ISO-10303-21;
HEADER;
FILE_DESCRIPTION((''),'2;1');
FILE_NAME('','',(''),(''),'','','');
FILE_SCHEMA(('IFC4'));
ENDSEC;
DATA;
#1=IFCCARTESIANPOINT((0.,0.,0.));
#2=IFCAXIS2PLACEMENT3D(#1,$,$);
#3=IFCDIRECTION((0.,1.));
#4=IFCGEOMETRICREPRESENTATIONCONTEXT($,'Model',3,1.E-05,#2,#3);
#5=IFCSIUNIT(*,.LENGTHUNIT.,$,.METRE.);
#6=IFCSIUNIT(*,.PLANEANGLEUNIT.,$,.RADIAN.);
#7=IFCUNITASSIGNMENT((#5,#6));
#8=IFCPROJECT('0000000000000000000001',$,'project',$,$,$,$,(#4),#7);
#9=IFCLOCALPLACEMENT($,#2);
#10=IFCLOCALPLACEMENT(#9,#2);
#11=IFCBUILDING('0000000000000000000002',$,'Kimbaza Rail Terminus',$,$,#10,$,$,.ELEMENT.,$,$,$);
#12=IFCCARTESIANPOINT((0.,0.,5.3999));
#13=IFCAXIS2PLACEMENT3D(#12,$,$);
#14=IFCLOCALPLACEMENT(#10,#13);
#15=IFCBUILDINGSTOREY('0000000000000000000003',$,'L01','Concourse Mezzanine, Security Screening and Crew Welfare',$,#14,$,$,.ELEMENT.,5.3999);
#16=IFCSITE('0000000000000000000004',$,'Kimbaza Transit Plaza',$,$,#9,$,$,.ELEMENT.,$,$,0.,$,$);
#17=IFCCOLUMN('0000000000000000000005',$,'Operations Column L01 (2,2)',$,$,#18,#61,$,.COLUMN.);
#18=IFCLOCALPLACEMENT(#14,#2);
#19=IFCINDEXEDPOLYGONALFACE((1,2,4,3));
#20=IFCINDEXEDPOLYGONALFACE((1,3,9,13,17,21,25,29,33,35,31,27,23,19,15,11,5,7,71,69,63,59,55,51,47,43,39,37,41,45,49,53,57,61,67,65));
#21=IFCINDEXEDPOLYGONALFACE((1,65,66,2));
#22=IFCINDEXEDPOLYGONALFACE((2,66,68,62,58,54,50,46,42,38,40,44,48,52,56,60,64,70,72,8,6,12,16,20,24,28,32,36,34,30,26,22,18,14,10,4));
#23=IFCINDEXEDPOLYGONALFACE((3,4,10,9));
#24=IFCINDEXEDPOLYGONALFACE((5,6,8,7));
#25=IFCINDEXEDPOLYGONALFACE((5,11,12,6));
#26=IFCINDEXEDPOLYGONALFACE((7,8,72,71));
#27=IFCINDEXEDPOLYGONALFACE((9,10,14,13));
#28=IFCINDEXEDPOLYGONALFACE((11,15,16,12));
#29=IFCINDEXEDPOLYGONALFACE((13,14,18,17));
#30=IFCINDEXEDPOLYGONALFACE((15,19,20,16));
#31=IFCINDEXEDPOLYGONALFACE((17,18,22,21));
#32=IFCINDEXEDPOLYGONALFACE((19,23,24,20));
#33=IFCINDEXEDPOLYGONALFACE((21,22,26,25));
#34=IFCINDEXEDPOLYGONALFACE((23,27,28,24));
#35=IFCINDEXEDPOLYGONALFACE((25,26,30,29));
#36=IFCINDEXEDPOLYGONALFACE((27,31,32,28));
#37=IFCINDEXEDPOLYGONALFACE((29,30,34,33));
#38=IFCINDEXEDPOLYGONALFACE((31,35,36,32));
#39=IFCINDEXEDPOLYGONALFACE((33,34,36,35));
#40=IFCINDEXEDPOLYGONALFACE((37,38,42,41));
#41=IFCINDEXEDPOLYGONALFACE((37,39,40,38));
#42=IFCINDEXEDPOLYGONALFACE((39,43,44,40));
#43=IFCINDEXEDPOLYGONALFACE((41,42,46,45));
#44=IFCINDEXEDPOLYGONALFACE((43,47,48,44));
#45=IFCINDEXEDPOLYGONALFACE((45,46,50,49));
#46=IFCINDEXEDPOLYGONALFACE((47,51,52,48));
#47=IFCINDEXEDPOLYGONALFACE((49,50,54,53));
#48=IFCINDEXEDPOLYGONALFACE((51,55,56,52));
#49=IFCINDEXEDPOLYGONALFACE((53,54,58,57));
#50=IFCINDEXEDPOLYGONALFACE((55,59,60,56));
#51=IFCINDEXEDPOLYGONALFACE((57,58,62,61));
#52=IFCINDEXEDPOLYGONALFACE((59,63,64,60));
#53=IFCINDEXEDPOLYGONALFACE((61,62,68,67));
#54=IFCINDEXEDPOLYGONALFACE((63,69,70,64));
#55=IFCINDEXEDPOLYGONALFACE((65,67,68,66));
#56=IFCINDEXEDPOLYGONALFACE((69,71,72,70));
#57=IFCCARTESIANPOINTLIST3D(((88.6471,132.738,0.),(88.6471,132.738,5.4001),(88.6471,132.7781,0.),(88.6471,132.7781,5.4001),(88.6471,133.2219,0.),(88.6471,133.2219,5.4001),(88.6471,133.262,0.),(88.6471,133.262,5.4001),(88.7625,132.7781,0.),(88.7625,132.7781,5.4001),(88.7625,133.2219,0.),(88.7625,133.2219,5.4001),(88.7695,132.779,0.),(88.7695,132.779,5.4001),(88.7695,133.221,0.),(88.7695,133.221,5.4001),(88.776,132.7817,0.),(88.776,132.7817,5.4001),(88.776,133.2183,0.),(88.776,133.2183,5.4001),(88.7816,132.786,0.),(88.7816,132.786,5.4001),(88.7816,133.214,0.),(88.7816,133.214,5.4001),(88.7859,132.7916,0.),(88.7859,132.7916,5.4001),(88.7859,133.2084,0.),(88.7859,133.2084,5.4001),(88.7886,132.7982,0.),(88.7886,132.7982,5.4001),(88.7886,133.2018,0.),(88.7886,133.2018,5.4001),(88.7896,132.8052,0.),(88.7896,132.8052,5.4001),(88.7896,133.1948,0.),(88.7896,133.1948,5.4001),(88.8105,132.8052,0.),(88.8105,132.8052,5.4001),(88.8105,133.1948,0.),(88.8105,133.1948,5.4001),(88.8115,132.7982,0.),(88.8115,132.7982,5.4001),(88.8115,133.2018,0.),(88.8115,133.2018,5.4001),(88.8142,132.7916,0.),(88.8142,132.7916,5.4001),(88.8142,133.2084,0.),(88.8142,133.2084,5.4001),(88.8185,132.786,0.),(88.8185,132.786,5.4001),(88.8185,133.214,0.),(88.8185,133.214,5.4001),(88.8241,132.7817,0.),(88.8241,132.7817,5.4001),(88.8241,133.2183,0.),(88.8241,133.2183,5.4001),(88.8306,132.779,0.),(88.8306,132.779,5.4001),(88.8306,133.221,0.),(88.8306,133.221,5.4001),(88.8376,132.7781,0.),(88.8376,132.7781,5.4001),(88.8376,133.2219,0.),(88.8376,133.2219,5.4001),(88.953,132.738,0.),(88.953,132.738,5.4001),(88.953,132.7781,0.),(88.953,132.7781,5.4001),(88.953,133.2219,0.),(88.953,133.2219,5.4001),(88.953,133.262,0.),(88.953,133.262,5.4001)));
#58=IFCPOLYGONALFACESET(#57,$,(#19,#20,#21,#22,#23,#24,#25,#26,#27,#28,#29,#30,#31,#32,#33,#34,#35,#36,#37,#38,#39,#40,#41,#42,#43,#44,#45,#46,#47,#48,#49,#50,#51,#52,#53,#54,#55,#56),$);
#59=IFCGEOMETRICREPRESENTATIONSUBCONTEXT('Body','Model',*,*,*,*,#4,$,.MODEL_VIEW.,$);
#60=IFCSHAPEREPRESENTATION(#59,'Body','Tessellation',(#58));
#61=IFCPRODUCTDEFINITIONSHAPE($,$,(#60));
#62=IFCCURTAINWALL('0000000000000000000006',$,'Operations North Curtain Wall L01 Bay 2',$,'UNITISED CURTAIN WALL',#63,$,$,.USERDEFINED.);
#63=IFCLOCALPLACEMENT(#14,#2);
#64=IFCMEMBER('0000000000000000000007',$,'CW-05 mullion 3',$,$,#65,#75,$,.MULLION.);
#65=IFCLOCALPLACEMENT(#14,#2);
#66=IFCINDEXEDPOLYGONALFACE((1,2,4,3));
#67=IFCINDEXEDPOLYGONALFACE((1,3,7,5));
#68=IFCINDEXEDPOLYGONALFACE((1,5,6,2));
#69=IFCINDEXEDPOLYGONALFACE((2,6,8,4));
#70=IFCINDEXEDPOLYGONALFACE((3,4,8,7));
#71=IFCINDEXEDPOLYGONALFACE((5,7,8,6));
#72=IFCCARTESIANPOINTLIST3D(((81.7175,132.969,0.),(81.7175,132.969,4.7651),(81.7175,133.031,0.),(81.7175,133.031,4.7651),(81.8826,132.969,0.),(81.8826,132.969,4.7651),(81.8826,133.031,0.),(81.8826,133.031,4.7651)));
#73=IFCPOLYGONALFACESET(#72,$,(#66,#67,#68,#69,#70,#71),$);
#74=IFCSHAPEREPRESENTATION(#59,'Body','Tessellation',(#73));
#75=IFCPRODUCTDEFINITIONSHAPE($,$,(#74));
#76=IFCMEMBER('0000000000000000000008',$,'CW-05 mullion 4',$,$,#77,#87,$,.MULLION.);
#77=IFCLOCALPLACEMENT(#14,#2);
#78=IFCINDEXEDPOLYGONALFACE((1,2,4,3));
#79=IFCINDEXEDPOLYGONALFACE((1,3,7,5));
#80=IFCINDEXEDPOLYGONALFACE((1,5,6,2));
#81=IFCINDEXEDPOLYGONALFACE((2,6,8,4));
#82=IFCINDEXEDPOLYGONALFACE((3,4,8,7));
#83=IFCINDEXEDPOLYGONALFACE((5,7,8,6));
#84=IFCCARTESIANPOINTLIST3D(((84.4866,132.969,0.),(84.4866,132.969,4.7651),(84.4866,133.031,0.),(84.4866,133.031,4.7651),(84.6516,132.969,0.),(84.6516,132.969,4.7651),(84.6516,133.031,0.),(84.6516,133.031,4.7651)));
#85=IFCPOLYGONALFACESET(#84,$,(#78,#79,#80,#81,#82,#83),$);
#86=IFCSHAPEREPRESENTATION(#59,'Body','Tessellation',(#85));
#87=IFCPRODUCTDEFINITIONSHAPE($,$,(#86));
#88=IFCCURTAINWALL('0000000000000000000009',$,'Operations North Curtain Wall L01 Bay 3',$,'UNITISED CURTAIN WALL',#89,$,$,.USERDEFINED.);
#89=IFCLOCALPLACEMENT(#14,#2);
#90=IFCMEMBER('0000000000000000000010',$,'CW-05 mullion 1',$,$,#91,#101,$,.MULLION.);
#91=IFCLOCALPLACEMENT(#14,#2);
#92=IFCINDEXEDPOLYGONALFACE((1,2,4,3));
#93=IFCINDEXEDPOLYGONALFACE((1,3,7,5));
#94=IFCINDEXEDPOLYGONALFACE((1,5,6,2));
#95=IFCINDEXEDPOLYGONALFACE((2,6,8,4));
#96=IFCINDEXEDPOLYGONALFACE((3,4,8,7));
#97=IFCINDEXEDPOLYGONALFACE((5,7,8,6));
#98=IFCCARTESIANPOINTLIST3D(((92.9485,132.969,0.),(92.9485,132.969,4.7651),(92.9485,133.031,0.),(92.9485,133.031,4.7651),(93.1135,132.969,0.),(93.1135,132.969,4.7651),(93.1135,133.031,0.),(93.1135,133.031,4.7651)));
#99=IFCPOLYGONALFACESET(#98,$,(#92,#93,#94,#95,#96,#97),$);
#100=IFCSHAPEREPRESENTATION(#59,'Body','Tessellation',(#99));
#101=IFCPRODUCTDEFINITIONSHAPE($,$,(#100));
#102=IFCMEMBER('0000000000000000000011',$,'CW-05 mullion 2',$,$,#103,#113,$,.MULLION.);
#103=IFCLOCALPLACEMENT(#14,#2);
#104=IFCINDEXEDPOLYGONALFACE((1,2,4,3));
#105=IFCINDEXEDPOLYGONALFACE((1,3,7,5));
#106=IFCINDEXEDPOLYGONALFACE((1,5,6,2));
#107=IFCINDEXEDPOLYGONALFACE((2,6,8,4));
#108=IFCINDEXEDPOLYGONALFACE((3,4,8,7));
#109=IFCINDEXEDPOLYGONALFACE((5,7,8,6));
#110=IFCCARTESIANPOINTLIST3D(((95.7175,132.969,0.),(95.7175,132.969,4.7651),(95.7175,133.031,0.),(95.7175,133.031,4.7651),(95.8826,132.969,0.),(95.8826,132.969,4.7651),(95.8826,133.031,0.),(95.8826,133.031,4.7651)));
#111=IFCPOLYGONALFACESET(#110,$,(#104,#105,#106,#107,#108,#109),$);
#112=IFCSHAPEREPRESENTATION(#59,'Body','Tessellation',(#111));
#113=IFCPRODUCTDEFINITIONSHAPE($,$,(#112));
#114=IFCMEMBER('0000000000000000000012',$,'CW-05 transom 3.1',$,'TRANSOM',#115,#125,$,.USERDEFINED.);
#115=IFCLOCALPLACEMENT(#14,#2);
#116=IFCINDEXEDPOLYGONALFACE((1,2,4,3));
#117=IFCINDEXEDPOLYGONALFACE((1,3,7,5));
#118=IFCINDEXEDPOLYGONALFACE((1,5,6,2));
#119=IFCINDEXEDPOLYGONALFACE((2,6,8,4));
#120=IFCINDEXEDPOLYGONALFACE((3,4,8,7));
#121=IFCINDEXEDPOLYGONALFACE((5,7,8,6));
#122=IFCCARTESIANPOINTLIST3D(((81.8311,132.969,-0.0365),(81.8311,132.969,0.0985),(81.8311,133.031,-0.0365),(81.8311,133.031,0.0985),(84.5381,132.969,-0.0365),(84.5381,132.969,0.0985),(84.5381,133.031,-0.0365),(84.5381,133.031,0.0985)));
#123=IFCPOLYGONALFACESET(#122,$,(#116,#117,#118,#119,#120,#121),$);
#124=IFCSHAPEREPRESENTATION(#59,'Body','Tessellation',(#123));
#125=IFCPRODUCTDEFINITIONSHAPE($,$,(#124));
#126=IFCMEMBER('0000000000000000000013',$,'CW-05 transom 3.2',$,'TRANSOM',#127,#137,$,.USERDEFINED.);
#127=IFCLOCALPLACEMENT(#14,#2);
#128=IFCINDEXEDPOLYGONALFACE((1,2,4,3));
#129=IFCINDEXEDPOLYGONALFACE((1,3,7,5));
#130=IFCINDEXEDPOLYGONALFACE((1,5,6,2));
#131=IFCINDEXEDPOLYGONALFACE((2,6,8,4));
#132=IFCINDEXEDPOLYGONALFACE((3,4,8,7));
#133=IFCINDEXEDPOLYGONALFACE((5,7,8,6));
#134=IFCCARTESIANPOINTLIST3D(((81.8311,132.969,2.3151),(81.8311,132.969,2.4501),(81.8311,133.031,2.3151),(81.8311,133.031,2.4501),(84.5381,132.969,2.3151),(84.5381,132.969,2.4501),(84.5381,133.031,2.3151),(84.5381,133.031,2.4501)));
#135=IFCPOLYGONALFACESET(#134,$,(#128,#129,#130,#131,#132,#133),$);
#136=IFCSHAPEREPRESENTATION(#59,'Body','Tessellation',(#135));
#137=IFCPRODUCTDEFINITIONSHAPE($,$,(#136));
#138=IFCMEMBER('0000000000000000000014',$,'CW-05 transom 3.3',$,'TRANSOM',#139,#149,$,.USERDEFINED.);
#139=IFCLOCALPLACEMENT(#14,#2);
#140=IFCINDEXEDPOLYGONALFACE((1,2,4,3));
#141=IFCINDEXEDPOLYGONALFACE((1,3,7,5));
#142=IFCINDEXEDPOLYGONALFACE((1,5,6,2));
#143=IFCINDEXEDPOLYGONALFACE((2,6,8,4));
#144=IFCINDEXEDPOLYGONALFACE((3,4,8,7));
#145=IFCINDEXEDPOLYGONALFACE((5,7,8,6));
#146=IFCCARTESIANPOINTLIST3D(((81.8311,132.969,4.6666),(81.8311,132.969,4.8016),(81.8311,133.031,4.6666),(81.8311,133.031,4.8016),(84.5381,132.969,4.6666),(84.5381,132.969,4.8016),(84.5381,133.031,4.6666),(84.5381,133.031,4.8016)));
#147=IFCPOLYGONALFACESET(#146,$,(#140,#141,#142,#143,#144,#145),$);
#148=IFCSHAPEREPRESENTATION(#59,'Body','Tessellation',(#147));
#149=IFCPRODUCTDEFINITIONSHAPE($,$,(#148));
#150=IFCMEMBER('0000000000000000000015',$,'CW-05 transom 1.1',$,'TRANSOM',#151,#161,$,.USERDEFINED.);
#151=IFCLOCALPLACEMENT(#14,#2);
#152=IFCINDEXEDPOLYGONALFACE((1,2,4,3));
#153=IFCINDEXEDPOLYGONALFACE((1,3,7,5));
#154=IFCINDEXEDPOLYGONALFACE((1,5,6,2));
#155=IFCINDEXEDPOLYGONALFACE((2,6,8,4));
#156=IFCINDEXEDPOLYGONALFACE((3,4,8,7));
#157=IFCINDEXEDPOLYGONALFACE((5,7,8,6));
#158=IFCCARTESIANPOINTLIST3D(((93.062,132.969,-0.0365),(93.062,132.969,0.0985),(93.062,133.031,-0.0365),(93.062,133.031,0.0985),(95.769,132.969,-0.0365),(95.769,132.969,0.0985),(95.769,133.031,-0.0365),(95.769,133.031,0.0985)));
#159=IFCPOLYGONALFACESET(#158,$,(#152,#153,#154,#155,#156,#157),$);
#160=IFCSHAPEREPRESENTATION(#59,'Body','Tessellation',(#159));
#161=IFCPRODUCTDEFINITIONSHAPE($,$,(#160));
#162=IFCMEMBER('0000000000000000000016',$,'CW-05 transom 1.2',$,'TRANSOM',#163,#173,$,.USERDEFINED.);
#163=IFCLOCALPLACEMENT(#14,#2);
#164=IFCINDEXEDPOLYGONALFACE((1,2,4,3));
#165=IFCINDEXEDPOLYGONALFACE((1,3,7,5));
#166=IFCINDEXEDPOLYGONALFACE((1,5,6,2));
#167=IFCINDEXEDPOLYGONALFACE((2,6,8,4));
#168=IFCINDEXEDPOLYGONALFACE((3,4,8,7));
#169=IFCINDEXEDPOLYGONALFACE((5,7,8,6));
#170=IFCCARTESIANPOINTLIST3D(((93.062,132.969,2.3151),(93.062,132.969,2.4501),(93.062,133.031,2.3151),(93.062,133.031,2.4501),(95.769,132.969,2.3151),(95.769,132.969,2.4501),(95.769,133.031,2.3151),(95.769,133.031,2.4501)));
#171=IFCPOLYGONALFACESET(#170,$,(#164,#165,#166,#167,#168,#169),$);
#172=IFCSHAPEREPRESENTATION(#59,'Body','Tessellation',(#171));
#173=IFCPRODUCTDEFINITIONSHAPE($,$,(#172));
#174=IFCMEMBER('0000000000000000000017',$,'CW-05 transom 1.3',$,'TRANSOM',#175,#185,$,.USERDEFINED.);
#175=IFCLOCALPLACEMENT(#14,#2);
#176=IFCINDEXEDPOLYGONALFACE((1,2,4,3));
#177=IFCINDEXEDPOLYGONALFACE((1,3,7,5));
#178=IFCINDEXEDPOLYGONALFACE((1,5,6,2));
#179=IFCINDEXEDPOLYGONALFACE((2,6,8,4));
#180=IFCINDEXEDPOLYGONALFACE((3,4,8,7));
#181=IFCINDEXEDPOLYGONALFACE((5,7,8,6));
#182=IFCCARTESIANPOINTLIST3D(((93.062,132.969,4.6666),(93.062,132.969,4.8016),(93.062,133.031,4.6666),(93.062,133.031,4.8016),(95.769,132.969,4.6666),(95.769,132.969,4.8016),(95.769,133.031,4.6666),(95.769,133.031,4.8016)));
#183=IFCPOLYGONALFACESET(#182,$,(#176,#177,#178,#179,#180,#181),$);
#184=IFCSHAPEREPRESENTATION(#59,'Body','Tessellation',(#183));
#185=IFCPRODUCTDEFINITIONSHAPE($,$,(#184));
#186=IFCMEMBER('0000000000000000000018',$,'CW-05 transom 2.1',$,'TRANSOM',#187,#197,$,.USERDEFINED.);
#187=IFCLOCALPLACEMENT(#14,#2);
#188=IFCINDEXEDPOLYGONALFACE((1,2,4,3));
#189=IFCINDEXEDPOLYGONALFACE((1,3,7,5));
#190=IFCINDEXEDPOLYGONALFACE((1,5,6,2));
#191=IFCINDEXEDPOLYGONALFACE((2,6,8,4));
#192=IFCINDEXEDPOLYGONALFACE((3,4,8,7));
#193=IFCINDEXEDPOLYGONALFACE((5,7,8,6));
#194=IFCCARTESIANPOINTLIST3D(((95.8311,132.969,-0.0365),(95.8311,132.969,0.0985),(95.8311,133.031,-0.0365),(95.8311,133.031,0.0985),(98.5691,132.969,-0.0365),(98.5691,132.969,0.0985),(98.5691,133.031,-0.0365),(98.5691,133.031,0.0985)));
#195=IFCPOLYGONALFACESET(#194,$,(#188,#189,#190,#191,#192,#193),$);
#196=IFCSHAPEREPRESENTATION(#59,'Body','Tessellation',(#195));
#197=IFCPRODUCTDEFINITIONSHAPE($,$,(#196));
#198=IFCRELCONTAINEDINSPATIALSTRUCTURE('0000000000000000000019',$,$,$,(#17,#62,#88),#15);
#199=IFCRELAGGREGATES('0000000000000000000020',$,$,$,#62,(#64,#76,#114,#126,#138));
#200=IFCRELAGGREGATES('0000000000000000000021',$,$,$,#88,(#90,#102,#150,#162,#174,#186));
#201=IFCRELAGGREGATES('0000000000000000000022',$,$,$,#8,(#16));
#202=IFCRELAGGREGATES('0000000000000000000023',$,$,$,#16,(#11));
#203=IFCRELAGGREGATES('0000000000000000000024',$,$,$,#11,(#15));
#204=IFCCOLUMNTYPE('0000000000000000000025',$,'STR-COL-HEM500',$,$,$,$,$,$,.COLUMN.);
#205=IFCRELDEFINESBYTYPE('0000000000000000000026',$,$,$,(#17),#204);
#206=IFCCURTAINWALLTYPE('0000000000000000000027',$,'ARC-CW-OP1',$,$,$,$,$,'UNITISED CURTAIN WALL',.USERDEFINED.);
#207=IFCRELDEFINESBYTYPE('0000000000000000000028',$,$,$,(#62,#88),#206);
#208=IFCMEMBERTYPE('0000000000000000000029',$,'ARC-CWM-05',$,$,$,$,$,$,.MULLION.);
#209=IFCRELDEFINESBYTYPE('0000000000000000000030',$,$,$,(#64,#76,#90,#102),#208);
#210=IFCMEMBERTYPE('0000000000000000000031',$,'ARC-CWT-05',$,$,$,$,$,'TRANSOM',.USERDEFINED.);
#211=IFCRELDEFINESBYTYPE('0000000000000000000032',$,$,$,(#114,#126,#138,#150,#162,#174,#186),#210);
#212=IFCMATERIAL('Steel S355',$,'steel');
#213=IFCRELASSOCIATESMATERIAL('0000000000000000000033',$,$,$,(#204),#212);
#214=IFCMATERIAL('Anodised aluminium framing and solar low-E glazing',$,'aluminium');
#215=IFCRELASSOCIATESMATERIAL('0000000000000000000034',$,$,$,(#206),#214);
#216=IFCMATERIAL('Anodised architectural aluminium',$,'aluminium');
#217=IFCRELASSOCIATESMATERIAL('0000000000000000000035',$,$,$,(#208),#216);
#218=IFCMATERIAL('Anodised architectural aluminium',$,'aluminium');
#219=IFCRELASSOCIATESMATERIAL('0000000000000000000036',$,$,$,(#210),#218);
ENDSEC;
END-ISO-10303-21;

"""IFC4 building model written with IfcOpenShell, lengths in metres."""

from ifc_helpers import new_model, si_unit, direction, frame, origin, origin_2d, place, context, subcontext, project, spatial, rectangle, i_section, extrude, material, material_profile, profile_set, type_object, element, aggregate, save


model = new_model("IFC4")

# Units and contexts
model_context = context("Model", 3, precision=1e-05, world=origin(), true_north=direction((0.0, 1.0)))
body_context = subcontext(model_context, "Body", "Model", "MODEL_VIEW")
ifc_project = project(units=[si_unit("LENGTHUNIT", "METRE"), si_unit("PLANEANGLEUNIT", "RADIAN")], contexts=[model_context])

# Site, building, storey
site_placement = place(None, origin())
site = spatial("IfcSite", under=ifc_project, at=site_placement, Name="Kimbaza Transit Plaza", CompositionType="ELEMENT", RefElevation=0.0)
building_placement = place(site_placement, origin())
building = spatial("IfcBuilding", under=site, at=building_placement, Name="Kimbaza Rail Terminus", CompositionType="ELEMENT")
storey_placement = place(building_placement, frame((0.0, 0.0, 5.3999)))
storey = spatial("IfcBuildingStorey", under=building, at=storey_placement, Name="L01", Description="Concourse Mezzanine, Security Screening and Crew Welfare", CompositionType="ELEMENT", Elevation=5.3999)

# Column
ifc_material_1 = material(Name="Steel S355", Category="steel")
ifc_material_profile_1 = material_profile(ifc_material_1, i_section(OverallWidth=0.3059, OverallDepth=0.5239, WebThickness=0.021, FlangeThickness=0.04, FilletRadius=0.0271, at=origin_2d()), Name="HEM 500")
ifc_profile_set_1 = profile_set([ifc_material_profile_1], Name="Steel S355")
column_type = type_object("IfcColumnType", Name="STR-COL-HEM500", PredefinedType="COLUMN", material=ifc_profile_set_1)
column_placement = place(storey_placement, frame((88.8, 133.0, 0.0), z_axis=(0.0, 0.0, 1.0), x_axis=(1.0, 0.0, 0.0)))
element("IfcColumn", 1, at=column_placement, inside=storey, type_object=column_type, Name="Operations Column L01 (2,2)", PredefinedType="COLUMN", context=body_context, shape_type="SweptSolid", body=[
    extrude(i_section(OverallWidth=0.3059, OverallDepth=0.5239, WebThickness=0.021, FlangeThickness=0.04, FilletRadius=0.0271, at=origin_2d()), origin(), (0.0, 0.0, 1.0), 5.4001),
])

# Curtain walls, members
ifc_material_2 = material(Name="Anodised aluminium framing and solar low-E glazing", Category="aluminium")
curtain_wall_type = type_object("IfcCurtainWallType", Name="ARC-CW-OP1", ElementType="UNITISED CURTAIN WALL", PredefinedType="USERDEFINED", material=ifc_material_2)
curtain_wall_1_placement = place(storey_placement, origin())
curtain_wall_1 = element("IfcCurtainWall", 2, at=curtain_wall_1_placement, inside=storey, type_object=curtain_wall_type, Name="Operations North Curtain Wall L01 Bay 2", ObjectType="UNITISED CURTAIN WALL", PredefinedType="USERDEFINED")
ifc_material_3 = material(Name="Anodised architectural aluminium", Category="aluminium")
ifc_material_profile_2 = material_profile(ifc_material_3, rectangle(XDim=0.062, YDim=0.165, at=origin_2d()), Name="MULLION 62x165")
ifc_profile_set_2 = profile_set([ifc_material_profile_2], Name="Anodised architectural aluminium")
member_type_1 = type_object("IfcMemberType", Name="ARC-CWM-05", PredefinedType="MULLION", material=ifc_profile_set_2)
member_1_placement = place(storey_placement, frame((81.8, 133.0, 0.0), z_axis=(0.0, 0.0, 1.0), x_axis=(0.0, 1.0, 0.0)))
member_1 = element("IfcMember", 3, at=member_1_placement, type_object=member_type_1, Name="CW-05 mullion 3", PredefinedType="MULLION", context=body_context, shape_type="SweptSolid", body=[
    extrude(rectangle(XDim=0.062, YDim=0.165, at=origin_2d()), origin(), (0.0, 0.0, 1.0), 4.7651),
])
member_2_placement = place(storey_placement, frame((84.5691, 133.0, 0.0), z_axis=(0.0, 0.0, 1.0), x_axis=(0.0, 1.0, 0.0)))
member_2 = element("IfcMember", 4, at=member_2_placement, type_object=member_type_1, Name="CW-05 mullion 4", PredefinedType="MULLION", context=body_context, shape_type="SweptSolid", body=[
    extrude(rectangle(XDim=0.062, YDim=0.165, at=origin_2d()), origin(), (0.0, 0.0, 1.0), 4.7651),
])
curtain_wall_2_placement = place(storey_placement, origin())
curtain_wall_2 = element("IfcCurtainWall", 5, at=curtain_wall_2_placement, inside=storey, type_object=curtain_wall_type, Name="Operations North Curtain Wall L01 Bay 3", ObjectType="UNITISED CURTAIN WALL", PredefinedType="USERDEFINED")
member_3_placement = place(storey_placement, frame((93.031, 133.0, 0.0), z_axis=(0.0, 0.0, 1.0), x_axis=(0.0, 1.0, 0.0)))
member_3 = element("IfcMember", 6, at=member_3_placement, type_object=member_type_1, Name="CW-05 mullion 1", PredefinedType="MULLION", context=body_context, shape_type="SweptSolid", body=[
    extrude(rectangle(XDim=0.062, YDim=0.165, at=origin_2d()), origin(), (0.0, 0.0, 1.0), 4.7651),
])
member_4_placement = place(storey_placement, frame((95.8, 133.0, 0.0), z_axis=(0.0, 0.0, 1.0), x_axis=(0.0, 1.0, 0.0)))
member_4 = element("IfcMember", 7, at=member_4_placement, type_object=member_type_1, Name="CW-05 mullion 2", PredefinedType="MULLION", context=body_context, shape_type="SweptSolid", body=[
    extrude(rectangle(XDim=0.062, YDim=0.165, at=origin_2d()), origin(), (0.0, 0.0, 1.0), 4.7651),
])

# Members
ifc_material_4 = material(Name="Anodised architectural aluminium", Category="aluminium")
ifc_material_profile_3 = material_profile(ifc_material_4, rectangle(XDim=0.062, YDim=0.135, at=origin_2d()), Name="TRANSOM 62x135")
ifc_profile_set_3 = profile_set([ifc_material_profile_3], Name="Anodised architectural aluminium")
member_type_2 = type_object("IfcMemberType", Name="ARC-CWT-05", ElementType="TRANSOM", PredefinedType="USERDEFINED", material=ifc_profile_set_3)
member_5_placement = place(storey_placement, frame((81.8311, 133.0, 0.031), z_axis=(1.0, 0.0, 0.0), x_axis=(0.0, 1.0, 0.0)))
member_5 = element("IfcMember", 8, at=member_5_placement, type_object=member_type_2, Name="CW-05 transom 3.1", ObjectType="TRANSOM", PredefinedType="USERDEFINED", context=body_context, shape_type="SweptSolid", body=[
    extrude(rectangle(XDim=0.062, YDim=0.135, at=origin_2d()), origin(), (0.0, 0.0, 1.0), 2.707),
])
member_6_placement = place(storey_placement, frame((81.8311, 133.0, 2.3826), z_axis=(1.0, 0.0, 0.0), x_axis=(0.0, 1.0, 0.0)))
member_6 = element("IfcMember", 9, at=member_6_placement, type_object=member_type_2, Name="CW-05 transom 3.2", ObjectType="TRANSOM", PredefinedType="USERDEFINED", context=body_context, shape_type="SweptSolid", body=[
    extrude(rectangle(XDim=0.062, YDim=0.135, at=origin_2d()), origin(), (0.0, 0.0, 1.0), 2.707),
])
member_7_placement = place(storey_placement, frame((81.8311, 133.0, 4.7341), z_axis=(1.0, 0.0, 0.0), x_axis=(0.0, 1.0, 0.0)))
member_7 = element("IfcMember", 10, at=member_7_placement, type_object=member_type_2, Name="CW-05 transom 3.3", ObjectType="TRANSOM", PredefinedType="USERDEFINED", context=body_context, shape_type="SweptSolid", body=[
    extrude(rectangle(XDim=0.062, YDim=0.135, at=origin_2d()), origin(), (0.0, 0.0, 1.0), 2.707),
])
member_8_placement = place(storey_placement, frame((93.062, 133.0, 0.031), z_axis=(1.0, 0.0, 0.0), x_axis=(0.0, 1.0, 0.0)))
member_8 = element("IfcMember", 11, at=member_8_placement, type_object=member_type_2, Name="CW-05 transom 1.1", ObjectType="TRANSOM", PredefinedType="USERDEFINED", context=body_context, shape_type="SweptSolid", body=[
    extrude(rectangle(XDim=0.062, YDim=0.135, at=origin_2d()), origin(), (0.0, 0.0, 1.0), 2.707),
])
member_9_placement = place(storey_placement, frame((93.062, 133.0, 2.3826), z_axis=(1.0, 0.0, 0.0), x_axis=(0.0, 1.0, 0.0)))
member_9 = element("IfcMember", 12, at=member_9_placement, type_object=member_type_2, Name="CW-05 transom 1.2", ObjectType="TRANSOM", PredefinedType="USERDEFINED", context=body_context, shape_type="SweptSolid", body=[
    extrude(rectangle(XDim=0.062, YDim=0.135, at=origin_2d()), origin(), (0.0, 0.0, 1.0), 2.707),
])
member_10_placement = place(storey_placement, frame((93.062, 133.0, 4.7341), z_axis=(1.0, 0.0, 0.0), x_axis=(0.0, 1.0, 0.0)))
member_10 = element("IfcMember", 13, at=member_10_placement, type_object=member_type_2, Name="CW-05 transom 1.3", ObjectType="TRANSOM", PredefinedType="USERDEFINED", context=body_context, shape_type="SweptSolid", body=[
    extrude(rectangle(XDim=0.062, YDim=0.135, at=origin_2d()), origin(), (0.0, 0.0, 1.0), 2.707),
])
member_11_placement = place(storey_placement, frame((95.8311, 133.0, 0.031), z_axis=(1.0, 0.0, 0.0), x_axis=(0.0, 1.0, 0.0)))
member_11 = element("IfcMember", 14, at=member_11_placement, type_object=member_type_2, Name="CW-05 transom 2.1", ObjectType="TRANSOM", PredefinedType="USERDEFINED", context=body_context, shape_type="SweptSolid", body=[
    extrude(rectangle(XDim=0.062, YDim=0.135, at=origin_2d()), origin(), (0.0, 0.0, 1.0), 2.738),
])

aggregate(curtain_wall_1, [member_1, member_2, member_5, member_6, member_7])
aggregate(curtain_wall_2, [member_3, member_4, member_8, member_9, member_10, member_11])

save(model, "model.ifc")
